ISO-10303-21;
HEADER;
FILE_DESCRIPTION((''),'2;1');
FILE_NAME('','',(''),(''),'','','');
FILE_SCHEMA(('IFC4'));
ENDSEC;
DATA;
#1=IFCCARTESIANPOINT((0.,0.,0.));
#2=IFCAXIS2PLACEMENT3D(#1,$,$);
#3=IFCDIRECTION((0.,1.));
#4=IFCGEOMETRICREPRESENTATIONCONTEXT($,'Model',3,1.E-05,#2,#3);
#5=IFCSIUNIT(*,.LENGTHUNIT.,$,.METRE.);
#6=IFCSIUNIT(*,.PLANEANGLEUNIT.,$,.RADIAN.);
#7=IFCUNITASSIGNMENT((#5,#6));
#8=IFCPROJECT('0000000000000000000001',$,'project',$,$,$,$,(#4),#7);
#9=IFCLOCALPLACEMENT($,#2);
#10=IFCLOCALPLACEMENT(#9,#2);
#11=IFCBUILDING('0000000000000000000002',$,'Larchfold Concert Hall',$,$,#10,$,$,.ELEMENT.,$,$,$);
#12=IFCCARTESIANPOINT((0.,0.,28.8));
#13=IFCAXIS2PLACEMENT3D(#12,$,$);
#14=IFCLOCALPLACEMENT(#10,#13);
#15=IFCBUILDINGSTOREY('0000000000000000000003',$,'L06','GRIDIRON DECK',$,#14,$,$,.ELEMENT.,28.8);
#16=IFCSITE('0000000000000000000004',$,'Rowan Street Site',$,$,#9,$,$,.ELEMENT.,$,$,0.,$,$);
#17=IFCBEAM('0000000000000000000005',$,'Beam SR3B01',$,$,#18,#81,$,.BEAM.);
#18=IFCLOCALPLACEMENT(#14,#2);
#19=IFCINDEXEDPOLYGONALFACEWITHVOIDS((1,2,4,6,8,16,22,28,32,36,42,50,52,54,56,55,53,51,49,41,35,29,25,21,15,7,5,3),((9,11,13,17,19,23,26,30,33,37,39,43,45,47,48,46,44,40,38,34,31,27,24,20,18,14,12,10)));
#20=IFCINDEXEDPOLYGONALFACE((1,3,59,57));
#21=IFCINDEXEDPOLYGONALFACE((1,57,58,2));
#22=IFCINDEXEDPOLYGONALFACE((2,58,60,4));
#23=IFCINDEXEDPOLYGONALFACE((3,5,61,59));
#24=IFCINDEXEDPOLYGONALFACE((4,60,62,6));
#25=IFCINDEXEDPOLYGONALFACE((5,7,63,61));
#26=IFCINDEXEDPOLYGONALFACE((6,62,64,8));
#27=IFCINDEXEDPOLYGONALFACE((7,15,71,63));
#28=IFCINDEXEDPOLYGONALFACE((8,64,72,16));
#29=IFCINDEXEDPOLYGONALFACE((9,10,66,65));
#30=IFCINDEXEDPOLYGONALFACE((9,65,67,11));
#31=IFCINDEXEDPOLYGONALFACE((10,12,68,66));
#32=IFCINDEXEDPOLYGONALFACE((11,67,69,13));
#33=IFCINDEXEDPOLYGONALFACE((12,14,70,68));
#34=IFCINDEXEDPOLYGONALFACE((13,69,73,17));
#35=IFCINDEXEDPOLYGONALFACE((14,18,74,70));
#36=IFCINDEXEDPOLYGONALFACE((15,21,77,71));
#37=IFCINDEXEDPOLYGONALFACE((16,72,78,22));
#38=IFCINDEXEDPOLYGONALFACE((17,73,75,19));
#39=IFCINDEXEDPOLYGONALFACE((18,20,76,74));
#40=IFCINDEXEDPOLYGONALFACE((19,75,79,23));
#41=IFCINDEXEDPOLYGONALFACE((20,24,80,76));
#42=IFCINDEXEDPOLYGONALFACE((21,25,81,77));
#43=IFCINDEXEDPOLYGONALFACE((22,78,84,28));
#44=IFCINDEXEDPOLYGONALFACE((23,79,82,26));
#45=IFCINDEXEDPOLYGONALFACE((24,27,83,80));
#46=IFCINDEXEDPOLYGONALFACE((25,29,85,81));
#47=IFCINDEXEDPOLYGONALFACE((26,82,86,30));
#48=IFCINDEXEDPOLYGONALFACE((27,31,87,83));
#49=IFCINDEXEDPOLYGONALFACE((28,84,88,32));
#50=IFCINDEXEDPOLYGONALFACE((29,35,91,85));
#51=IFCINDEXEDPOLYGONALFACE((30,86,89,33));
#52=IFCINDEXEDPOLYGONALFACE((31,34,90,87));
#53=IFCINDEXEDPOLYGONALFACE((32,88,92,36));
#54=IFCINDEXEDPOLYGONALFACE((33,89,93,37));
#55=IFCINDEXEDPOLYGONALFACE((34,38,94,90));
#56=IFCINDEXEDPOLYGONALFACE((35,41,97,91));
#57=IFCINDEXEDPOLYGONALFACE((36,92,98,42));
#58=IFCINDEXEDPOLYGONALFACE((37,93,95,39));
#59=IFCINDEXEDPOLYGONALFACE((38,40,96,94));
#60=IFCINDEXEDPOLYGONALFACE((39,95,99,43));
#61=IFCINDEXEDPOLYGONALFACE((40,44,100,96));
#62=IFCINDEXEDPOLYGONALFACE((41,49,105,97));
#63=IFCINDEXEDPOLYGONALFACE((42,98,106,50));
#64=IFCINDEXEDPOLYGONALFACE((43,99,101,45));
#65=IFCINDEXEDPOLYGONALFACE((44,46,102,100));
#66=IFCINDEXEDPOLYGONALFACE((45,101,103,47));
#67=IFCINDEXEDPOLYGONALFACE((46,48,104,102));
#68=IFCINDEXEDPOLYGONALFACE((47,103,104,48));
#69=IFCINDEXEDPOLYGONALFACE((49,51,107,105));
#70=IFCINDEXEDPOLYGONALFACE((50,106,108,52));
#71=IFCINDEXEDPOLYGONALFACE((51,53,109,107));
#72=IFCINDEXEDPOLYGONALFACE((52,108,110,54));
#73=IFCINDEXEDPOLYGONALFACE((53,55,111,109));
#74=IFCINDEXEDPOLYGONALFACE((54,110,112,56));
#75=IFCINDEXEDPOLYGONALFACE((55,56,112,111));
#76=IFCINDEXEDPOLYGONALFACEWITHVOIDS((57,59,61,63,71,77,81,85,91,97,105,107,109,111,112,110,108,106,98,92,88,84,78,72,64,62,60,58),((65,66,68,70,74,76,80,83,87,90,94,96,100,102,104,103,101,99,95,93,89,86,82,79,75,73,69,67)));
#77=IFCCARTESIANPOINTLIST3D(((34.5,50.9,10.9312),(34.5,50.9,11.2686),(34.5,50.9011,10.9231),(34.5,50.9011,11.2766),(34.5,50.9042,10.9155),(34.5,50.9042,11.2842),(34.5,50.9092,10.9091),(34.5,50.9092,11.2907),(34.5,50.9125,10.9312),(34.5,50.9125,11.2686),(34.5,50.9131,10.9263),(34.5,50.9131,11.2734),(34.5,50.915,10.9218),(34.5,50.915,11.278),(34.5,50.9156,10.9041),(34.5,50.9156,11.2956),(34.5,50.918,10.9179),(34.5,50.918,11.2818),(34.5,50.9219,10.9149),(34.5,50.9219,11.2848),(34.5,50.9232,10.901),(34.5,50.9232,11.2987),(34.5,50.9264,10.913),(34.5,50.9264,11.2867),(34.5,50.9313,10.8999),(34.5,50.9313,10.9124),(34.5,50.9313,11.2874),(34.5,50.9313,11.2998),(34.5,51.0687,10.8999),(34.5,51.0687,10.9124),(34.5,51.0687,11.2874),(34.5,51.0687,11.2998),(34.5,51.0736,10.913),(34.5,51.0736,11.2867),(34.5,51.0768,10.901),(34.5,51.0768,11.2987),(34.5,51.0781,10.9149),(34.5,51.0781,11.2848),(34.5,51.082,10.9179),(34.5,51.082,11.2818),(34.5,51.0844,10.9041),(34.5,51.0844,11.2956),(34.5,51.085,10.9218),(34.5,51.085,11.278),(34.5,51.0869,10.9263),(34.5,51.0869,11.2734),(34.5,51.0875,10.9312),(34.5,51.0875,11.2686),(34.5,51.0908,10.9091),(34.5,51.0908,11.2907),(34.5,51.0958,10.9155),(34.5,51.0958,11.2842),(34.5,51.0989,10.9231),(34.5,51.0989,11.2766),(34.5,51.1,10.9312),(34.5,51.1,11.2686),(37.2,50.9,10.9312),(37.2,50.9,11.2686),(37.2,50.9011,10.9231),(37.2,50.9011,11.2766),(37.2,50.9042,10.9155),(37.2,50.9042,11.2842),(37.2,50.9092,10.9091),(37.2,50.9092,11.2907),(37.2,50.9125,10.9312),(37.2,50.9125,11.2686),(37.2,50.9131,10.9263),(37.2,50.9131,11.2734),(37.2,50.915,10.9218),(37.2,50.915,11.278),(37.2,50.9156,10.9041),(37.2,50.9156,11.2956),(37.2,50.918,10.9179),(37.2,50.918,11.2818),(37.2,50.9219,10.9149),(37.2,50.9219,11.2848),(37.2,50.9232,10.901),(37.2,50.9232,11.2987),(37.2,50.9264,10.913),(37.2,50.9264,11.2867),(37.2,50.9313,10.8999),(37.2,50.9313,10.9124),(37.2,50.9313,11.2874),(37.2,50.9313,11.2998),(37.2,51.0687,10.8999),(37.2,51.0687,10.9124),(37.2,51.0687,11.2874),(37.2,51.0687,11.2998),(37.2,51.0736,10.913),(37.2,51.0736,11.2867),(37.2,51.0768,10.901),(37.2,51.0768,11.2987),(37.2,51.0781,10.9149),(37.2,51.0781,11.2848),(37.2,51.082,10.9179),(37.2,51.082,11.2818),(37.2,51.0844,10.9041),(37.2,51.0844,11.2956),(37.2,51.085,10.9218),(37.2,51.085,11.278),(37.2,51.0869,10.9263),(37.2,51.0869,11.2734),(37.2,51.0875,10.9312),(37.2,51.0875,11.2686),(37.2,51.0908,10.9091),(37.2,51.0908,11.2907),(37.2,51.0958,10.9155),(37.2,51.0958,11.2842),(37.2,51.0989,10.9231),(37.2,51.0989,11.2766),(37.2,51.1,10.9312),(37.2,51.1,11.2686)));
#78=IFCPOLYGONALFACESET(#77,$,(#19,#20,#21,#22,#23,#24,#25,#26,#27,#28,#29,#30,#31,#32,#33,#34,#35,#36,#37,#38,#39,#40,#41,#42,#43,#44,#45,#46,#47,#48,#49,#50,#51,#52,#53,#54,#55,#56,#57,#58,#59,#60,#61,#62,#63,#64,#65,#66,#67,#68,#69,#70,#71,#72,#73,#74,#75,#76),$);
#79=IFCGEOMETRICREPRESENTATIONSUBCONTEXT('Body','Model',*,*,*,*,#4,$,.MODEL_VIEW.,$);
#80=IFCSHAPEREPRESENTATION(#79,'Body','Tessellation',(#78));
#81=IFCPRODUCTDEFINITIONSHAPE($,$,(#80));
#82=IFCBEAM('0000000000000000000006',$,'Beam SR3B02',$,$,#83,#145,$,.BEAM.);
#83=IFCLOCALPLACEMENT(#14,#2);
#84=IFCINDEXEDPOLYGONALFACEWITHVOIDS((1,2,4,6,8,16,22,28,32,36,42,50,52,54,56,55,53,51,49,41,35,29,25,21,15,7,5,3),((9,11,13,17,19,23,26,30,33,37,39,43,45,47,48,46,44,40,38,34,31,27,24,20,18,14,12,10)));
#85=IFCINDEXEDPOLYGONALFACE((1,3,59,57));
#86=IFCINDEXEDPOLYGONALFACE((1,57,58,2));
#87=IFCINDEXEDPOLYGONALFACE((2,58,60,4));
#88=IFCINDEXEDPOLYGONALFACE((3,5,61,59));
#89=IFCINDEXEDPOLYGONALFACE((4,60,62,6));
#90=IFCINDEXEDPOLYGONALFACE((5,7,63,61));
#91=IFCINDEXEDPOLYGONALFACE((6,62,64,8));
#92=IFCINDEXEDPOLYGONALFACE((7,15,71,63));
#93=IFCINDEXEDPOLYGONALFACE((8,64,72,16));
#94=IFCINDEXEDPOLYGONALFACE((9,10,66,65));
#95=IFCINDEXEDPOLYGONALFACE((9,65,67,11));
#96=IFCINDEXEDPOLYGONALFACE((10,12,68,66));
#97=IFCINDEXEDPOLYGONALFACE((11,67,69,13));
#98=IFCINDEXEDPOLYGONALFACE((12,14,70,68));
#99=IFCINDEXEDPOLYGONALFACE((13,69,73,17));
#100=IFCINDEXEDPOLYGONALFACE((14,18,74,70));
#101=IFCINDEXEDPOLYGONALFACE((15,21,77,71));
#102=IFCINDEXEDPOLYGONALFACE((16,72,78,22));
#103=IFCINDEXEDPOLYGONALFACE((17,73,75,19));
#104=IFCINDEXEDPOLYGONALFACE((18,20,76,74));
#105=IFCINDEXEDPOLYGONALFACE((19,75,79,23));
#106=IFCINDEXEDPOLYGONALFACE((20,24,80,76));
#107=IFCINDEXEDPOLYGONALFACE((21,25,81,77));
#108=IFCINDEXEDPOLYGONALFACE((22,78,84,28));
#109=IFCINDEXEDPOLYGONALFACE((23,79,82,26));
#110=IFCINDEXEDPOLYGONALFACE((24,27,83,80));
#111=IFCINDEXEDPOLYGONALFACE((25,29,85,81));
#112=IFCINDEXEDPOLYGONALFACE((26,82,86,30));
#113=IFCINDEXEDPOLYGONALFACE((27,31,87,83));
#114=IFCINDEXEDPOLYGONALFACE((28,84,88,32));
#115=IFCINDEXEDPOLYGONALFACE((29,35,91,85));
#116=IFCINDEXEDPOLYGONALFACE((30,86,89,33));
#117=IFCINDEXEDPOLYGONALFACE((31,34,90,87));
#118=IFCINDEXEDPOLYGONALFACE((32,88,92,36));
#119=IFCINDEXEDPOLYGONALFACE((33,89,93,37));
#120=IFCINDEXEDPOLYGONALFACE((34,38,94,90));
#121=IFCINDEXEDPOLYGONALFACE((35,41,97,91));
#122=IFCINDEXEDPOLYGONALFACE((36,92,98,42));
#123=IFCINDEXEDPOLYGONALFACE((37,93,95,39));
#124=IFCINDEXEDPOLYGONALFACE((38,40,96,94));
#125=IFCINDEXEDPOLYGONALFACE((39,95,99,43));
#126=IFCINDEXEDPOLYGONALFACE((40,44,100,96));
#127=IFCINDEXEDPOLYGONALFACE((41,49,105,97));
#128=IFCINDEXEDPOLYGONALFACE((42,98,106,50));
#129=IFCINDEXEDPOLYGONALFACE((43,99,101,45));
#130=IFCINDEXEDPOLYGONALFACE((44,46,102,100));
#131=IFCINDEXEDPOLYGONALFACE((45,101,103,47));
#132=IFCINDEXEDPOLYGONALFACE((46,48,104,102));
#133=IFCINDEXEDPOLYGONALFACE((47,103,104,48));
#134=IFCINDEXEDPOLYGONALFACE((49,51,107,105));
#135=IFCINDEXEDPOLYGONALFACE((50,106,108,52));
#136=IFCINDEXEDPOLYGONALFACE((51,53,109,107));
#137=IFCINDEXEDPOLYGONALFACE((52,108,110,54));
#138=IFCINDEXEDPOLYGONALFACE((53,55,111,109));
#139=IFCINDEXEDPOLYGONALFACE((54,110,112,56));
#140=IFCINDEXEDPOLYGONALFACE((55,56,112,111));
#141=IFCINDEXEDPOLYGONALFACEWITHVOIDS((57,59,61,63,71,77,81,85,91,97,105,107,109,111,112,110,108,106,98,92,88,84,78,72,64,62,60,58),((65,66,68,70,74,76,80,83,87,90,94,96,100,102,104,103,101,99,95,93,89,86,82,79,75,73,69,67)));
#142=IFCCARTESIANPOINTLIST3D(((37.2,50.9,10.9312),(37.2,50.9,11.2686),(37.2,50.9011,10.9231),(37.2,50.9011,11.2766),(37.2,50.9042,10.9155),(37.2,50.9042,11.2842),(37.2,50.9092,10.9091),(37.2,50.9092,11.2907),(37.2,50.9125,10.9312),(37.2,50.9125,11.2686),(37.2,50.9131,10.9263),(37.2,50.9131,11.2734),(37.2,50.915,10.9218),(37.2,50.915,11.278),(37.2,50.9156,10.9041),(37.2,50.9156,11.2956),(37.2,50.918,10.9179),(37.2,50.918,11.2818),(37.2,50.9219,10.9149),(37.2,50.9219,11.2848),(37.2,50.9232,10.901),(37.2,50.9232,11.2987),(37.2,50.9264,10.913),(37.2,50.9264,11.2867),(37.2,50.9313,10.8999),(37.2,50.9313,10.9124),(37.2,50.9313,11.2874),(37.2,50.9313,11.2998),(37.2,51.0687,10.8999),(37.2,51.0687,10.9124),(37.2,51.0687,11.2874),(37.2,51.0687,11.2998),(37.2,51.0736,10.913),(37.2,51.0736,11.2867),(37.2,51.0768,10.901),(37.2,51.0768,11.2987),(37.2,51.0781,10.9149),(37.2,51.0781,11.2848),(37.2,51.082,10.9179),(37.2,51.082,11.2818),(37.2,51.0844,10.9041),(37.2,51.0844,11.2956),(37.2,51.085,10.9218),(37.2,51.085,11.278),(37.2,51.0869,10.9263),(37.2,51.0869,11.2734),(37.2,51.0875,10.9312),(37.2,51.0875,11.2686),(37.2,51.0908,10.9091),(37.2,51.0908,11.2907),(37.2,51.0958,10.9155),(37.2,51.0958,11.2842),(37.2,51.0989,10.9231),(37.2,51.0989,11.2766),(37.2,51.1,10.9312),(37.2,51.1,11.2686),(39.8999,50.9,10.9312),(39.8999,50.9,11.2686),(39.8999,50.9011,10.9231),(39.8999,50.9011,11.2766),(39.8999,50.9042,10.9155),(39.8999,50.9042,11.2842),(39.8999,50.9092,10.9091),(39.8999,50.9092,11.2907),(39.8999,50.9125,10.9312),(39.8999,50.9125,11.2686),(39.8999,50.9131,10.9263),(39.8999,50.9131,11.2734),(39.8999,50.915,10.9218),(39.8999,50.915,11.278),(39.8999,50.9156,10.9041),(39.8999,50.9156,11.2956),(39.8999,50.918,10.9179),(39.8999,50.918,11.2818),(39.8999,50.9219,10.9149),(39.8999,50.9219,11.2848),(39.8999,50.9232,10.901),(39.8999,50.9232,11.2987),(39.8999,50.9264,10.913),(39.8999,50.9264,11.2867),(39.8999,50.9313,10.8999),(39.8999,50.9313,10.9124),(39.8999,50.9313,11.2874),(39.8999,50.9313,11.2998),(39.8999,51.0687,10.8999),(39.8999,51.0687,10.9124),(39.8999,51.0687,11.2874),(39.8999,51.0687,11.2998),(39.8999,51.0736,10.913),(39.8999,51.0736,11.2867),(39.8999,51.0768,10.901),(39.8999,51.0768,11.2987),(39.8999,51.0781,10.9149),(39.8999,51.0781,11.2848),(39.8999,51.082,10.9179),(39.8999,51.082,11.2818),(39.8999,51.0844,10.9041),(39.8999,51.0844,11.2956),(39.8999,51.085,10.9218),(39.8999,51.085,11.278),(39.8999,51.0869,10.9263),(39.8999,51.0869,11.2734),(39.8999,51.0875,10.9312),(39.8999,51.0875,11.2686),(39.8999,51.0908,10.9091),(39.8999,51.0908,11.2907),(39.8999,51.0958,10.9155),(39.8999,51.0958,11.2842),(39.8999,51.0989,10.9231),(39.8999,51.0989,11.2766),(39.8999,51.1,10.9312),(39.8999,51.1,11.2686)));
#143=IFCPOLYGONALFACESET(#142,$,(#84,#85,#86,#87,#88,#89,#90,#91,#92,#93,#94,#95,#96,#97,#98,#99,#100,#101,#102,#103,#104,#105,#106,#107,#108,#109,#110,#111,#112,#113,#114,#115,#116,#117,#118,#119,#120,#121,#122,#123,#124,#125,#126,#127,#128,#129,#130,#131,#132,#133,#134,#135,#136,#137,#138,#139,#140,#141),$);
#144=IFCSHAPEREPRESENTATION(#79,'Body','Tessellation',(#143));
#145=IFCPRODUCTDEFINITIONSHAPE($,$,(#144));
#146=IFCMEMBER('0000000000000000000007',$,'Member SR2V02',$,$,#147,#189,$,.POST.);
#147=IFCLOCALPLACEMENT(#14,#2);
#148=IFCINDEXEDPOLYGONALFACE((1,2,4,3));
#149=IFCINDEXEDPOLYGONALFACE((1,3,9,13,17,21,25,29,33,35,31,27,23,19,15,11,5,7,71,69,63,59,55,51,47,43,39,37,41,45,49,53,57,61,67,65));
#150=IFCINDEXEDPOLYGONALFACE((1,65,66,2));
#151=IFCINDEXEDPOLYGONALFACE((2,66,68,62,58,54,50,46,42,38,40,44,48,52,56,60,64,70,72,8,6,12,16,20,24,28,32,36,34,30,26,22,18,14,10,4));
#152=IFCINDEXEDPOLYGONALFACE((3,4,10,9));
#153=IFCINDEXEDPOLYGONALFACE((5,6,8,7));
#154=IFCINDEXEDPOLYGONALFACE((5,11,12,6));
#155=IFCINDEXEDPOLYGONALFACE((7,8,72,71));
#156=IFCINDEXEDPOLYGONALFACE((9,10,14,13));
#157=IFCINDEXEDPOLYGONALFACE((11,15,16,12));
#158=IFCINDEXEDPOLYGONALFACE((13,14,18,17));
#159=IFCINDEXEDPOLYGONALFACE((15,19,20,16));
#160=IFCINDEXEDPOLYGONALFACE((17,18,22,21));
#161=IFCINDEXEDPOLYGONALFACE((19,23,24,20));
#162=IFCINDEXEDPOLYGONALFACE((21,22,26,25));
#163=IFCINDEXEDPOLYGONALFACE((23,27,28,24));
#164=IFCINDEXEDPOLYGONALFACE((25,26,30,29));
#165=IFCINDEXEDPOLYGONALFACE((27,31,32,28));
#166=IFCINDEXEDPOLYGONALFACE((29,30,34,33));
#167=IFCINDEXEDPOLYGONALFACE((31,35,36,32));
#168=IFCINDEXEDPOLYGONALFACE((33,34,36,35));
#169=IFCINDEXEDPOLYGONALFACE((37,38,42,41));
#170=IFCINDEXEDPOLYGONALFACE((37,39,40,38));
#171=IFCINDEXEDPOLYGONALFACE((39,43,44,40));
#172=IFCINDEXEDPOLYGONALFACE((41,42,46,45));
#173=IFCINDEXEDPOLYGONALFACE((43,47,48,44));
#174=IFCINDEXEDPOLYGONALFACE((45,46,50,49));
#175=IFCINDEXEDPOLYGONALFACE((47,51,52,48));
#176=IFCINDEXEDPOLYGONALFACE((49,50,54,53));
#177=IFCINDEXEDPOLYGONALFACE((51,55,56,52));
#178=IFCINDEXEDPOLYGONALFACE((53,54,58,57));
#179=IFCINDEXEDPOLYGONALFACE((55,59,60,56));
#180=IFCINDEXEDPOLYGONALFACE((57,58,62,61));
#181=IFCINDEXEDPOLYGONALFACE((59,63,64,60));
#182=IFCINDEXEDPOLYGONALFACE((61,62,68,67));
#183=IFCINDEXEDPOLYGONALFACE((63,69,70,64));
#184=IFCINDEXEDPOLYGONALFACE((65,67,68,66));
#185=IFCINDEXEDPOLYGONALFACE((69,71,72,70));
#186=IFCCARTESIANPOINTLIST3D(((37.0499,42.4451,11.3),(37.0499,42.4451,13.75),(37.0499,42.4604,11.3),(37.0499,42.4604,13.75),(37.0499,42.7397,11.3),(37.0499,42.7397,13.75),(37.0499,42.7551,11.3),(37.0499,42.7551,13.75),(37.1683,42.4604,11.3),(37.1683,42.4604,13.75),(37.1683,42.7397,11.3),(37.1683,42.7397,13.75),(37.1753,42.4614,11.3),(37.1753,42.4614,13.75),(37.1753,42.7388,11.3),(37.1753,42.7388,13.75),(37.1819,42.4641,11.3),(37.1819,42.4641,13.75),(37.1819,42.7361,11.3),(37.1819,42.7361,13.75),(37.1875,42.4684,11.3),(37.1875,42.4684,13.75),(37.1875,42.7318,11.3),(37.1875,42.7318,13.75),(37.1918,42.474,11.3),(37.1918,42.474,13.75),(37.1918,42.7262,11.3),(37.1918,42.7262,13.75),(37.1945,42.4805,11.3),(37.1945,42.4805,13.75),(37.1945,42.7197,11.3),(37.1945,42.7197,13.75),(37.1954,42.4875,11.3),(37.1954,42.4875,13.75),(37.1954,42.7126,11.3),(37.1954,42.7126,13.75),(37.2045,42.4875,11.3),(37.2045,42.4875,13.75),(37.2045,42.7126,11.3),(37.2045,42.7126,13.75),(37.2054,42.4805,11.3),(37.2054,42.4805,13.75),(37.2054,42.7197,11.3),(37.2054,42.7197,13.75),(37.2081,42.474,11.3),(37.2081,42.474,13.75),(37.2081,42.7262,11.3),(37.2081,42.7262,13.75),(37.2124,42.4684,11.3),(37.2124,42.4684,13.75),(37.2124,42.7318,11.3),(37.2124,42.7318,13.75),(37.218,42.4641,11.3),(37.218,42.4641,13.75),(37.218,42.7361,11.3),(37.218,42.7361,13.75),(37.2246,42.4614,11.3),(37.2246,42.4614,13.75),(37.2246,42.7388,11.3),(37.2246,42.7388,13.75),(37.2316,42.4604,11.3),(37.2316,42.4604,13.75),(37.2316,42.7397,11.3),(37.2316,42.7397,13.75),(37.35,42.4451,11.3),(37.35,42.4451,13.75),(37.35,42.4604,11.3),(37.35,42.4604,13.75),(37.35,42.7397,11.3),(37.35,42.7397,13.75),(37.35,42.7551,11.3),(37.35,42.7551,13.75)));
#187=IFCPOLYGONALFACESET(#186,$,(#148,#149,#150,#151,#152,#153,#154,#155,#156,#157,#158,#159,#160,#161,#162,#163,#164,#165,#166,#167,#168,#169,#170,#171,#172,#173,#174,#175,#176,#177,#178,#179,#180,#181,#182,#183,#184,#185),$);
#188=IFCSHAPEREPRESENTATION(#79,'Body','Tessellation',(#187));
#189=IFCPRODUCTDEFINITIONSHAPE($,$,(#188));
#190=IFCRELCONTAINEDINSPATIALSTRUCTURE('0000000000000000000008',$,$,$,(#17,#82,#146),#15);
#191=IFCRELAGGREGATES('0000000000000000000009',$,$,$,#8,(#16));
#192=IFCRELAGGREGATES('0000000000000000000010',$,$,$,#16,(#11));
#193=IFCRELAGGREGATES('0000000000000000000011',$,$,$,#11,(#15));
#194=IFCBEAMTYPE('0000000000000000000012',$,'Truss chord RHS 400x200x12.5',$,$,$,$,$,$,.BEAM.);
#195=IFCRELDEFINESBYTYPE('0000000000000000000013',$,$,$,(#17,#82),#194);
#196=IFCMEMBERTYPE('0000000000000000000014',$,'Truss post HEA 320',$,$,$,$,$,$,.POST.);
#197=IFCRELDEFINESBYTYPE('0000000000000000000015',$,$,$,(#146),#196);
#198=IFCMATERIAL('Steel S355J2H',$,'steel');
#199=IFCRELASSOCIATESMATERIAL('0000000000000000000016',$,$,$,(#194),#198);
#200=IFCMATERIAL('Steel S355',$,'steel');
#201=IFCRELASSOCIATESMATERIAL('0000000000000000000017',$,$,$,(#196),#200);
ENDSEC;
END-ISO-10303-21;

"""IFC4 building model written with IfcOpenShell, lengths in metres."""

from ifc_helpers import new_model, si_unit, direction, frame, origin, origin_2d, place, context, subcontext, project, spatial, hollow_rectangle, i_section, extrude, material, material_profile, profile_set, type_object, element, save


model = new_model("IFC4")

# Units and contexts
model_context = context("Model", 3, precision=1e-05, world=origin(), true_north=direction((0.0, 1.0)))
body_context = subcontext(model_context, "Body", "Model", "MODEL_VIEW")
ifc_project = project(units=[si_unit("LENGTHUNIT", "METRE"), si_unit("PLANEANGLEUNIT", "RADIAN")], contexts=[model_context])

# Site, building, storey
site_placement = place(None, origin())
site = spatial("IfcSite", under=ifc_project, at=site_placement, Name="Rowan Street Site", CompositionType="ELEMENT", RefElevation=0.0)
building_placement = place(site_placement, origin())
building = spatial("IfcBuilding", under=site, at=building_placement, Name="Larchfold Concert Hall", CompositionType="ELEMENT")
storey_placement = place(building_placement, frame((0.0, 0.0, 28.8)))
storey = spatial("IfcBuildingStorey", under=building, at=storey_placement, Name="L06", Description="GRIDIRON DECK", CompositionType="ELEMENT", Elevation=28.8)

# Beams
ifc_material_1 = material(Name="Steel S355J2H", Category="steel")
ifc_material_profile_1 = material_profile(ifc_material_1, hollow_rectangle(XDim=0.2, YDim=0.3999, WallThickness=0.0125, InnerFilletRadius=0.0188, OuterFilletRadius=0.0312, at=origin_2d()))
ifc_profile_set_1 = profile_set([ifc_material_profile_1], Name="Steel S355J2H")
beam_type_1 = type_object("IfcBeamType", Name="Truss chord RHS 400x200x12.5", PredefinedType="BEAM", material=ifc_profile_set_1)
for number, where, z_axis, x_axis, name in (
    (1, (34.5, 51.0, 11.0999), (1.0, 0.0, 0.0), (0.0, 1.0, 0.0), "Beam SR3B01"),
    (2, (37.2, 51.0, 11.0999), (1.0, 0.0, 0.0), (0.0, 1.0, 0.0), "Beam SR3B02"),
):
    element("IfcBeam", number, at=place(storey_placement, frame(where, z_axis=z_axis, x_axis=x_axis)), inside=storey, type_object=beam_type_1, Name=name, PredefinedType="BEAM", context=body_context, shape_type="SweptSolid", body=[
        extrude(hollow_rectangle(XDim=0.2, YDim=0.3999, WallThickness=0.0125, InnerFilletRadius=0.0188, OuterFilletRadius=0.0312, at=origin_2d()), origin(), (0.0, 0.0, 1.0), 2.7),
    ])

# Member
ifc_material_2 = material(Name="Steel S355", Category="steel")
ifc_material_profile_2 = material_profile(ifc_material_2, i_section(OverallWidth=0.3, OverallDepth=0.3101, WebThickness=0.009, FlangeThickness=0.0154, FilletRadius=0.0271, at=origin_2d()))
ifc_profile_set_2 = profile_set([ifc_material_profile_2], Name="Steel S355")
member_type_1 = type_object("IfcMemberType", Name="Truss post HEA 320", PredefinedType="POST", material=ifc_profile_set_2)
for number, where, z_axis, x_axis, name in (
    (3, (37.2, 42.6001, 11.3), (0.0, 0.0, 1.0), (1.0, 0.0, 0.0), "Member SR2V02"),
):
    element("IfcMember", number, at=place(storey_placement, frame(where, z_axis=z_axis, x_axis=x_axis)), inside=storey, type_object=member_type_1, Name=name, PredefinedType="POST", context=body_context, shape_type="SweptSolid", body=[
        extrude(i_section(OverallWidth=0.3, OverallDepth=0.3101, WebThickness=0.009, FlangeThickness=0.0154, FilletRadius=0.0271, at=origin_2d()), origin(), (0.0, 0.0, 1.0), 2.45),
    ])

save(model, "model.ifc")
